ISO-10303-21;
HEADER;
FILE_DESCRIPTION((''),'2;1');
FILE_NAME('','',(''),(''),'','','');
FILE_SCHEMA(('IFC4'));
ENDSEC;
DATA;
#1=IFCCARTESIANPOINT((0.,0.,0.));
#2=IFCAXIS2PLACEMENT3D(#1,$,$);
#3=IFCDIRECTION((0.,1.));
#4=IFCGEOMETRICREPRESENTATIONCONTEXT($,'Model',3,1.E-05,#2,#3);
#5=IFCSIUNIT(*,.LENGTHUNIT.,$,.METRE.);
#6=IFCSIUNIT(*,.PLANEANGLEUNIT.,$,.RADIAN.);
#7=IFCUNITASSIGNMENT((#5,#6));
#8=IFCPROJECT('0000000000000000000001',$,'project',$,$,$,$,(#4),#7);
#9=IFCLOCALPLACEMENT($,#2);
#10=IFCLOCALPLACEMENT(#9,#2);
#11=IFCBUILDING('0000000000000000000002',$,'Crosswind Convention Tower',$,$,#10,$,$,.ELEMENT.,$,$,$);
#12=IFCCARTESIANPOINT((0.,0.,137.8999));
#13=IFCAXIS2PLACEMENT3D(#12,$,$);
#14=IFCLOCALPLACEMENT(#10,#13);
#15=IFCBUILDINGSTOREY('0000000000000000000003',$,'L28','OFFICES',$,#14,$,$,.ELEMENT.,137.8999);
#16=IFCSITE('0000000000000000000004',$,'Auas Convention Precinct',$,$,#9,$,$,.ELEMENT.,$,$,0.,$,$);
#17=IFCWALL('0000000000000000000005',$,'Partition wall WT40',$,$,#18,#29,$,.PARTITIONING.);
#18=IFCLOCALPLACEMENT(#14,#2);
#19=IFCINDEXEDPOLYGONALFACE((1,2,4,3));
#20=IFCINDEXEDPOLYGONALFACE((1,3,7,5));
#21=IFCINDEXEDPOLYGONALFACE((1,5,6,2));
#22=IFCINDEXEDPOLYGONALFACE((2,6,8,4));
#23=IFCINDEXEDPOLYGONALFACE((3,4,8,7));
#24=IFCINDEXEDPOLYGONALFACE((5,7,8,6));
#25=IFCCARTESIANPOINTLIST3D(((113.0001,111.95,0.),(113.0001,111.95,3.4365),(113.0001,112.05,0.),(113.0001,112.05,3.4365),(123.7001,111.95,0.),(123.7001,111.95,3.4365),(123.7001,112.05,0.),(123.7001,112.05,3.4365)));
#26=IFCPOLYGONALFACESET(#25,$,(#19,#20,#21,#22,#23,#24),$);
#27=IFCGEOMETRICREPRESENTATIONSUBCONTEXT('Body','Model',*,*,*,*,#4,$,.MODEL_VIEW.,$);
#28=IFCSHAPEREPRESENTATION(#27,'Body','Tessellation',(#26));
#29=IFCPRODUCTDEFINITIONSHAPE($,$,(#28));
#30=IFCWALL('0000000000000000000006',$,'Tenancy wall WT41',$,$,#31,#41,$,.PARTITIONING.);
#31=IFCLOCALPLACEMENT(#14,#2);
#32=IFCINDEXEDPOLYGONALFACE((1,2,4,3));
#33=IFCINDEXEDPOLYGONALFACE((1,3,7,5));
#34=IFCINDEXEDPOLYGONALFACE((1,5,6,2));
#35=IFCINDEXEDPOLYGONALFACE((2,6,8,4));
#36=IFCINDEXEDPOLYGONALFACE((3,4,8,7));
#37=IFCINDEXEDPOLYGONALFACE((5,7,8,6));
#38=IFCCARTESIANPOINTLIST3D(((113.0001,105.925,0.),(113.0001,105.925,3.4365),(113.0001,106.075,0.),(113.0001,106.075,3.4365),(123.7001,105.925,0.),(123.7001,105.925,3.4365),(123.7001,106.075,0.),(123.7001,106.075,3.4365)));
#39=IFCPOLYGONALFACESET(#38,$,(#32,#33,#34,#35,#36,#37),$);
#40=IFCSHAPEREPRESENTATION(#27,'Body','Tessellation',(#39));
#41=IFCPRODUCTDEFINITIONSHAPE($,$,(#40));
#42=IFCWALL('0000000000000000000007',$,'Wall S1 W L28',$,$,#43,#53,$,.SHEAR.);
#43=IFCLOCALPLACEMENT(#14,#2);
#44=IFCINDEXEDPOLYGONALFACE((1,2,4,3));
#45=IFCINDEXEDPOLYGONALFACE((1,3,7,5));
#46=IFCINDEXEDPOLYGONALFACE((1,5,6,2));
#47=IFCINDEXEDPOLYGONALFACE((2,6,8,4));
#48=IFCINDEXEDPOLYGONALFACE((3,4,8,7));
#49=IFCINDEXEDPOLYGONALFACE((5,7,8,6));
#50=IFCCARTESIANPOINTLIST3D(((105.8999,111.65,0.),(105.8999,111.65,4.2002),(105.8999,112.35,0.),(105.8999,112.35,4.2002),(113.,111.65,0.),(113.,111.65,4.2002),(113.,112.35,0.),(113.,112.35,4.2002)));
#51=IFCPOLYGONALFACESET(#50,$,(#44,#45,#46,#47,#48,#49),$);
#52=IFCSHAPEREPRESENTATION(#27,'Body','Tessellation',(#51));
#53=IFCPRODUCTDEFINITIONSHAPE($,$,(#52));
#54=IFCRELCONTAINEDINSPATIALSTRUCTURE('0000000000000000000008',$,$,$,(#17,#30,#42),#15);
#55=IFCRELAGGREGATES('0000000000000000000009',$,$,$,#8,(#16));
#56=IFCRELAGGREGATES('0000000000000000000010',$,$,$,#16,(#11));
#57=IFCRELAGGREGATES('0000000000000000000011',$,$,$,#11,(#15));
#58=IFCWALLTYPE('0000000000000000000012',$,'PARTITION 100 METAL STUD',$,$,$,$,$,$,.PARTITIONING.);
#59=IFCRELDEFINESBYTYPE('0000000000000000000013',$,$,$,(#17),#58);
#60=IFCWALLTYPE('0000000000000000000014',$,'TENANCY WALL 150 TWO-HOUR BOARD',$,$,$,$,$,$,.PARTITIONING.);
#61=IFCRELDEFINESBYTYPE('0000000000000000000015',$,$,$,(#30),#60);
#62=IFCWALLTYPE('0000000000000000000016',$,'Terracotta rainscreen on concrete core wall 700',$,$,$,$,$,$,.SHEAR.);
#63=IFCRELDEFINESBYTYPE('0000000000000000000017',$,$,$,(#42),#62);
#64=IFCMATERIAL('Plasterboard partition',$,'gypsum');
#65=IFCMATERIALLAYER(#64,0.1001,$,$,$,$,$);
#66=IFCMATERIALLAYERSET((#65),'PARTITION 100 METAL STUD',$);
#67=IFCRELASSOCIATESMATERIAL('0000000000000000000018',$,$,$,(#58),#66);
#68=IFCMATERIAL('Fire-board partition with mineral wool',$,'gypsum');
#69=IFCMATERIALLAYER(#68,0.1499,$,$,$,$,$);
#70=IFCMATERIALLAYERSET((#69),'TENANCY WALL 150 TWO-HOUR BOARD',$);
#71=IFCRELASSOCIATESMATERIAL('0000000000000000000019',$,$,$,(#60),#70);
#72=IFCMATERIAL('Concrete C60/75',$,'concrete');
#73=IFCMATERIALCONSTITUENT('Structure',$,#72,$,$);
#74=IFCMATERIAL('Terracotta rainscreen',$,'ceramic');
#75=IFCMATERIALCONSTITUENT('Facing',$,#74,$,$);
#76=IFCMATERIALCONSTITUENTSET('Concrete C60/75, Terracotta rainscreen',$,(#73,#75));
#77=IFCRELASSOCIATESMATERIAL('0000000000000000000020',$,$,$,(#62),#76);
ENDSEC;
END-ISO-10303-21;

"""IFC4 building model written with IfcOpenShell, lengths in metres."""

from ifc_helpers import new_model, si_unit, direction, frame, frame_2d, origin, place, context, subcontext, project, spatial, rectangle, extrude, material, layer, layer_set, constituent, constituent_set, type_object, element, save


model = new_model("IFC4")

# Units and contexts
model_context = context("Model", 3, precision=1e-05, world=origin(), true_north=direction((0.0, 1.0)))
body_context = subcontext(model_context, "Body", "Model", "MODEL_VIEW")
ifc_project = project(units=[si_unit("LENGTHUNIT", "METRE"), si_unit("PLANEANGLEUNIT", "RADIAN")], contexts=[model_context])

# Site, building, storey
site_placement = place(None, origin())
site = spatial("IfcSite", under=ifc_project, at=site_placement, Name="Auas Convention Precinct", CompositionType="ELEMENT", RefElevation=0.0)
building_placement = place(site_placement, origin())
building = spatial("IfcBuilding", under=site, at=building_placement, Name="Crosswind Convention Tower", CompositionType="ELEMENT")
storey_placement = place(building_placement, frame((0.0, 0.0, 137.8999)))
storey = spatial("IfcBuildingStorey", under=building, at=storey_placement, Name="L28", Description="OFFICES", CompositionType="ELEMENT", Elevation=137.8999)

# Walls
ifc_material_1 = material(Name="Plasterboard partition", Category="gypsum")
ifc_layer_1 = layer(ifc_material_1, 0.1001)
ifc_layer_set_1 = layer_set([ifc_layer_1], Name="PARTITION 100 METAL STUD")
wall_type_1 = type_object("IfcWallType", Name="PARTITION 100 METAL STUD", PredefinedType="PARTITIONING", material=ifc_layer_set_1)
wall_1_placement = place(storey_placement, frame((113.0, 112.0, 0.0), z_axis=(0.0, 0.0, 1.0), x_axis=(1.0, 0.0, 0.0)))
element("IfcWall", 1, at=wall_1_placement, inside=storey, type_object=wall_type_1, Name="Partition wall WT40", PredefinedType="PARTITIONING", context=body_context, shape_type="SweptSolid", body=[
    extrude(rectangle(XDim=10.7, YDim=0.1001, at=frame_2d((5.3501, 0.0))), origin(), (0.0, 0.0, 1.0), 3.4365),
])
ifc_material_2 = material(Name="Fire-board partition with mineral wool", Category="gypsum")
ifc_layer_2 = layer(ifc_material_2, 0.1499)
ifc_layer_set_2 = layer_set([ifc_layer_2], Name="TENANCY WALL 150 TWO-HOUR BOARD")
wall_type_2 = type_object("IfcWallType", Name="TENANCY WALL 150 TWO-HOUR BOARD", PredefinedType="PARTITIONING", material=ifc_layer_set_2)
wall_2_placement = place(storey_placement, frame((113.0, 106.0, 0.0), z_axis=(0.0, 0.0, 1.0), x_axis=(1.0, 0.0, 0.0)))
element("IfcWall", 2, at=wall_2_placement, inside=storey, type_object=wall_type_2, Name="Tenancy wall WT41", PredefinedType="PARTITIONING", context=body_context, shape_type="SweptSolid", body=[
    extrude(rectangle(XDim=10.7, YDim=0.1499, at=frame_2d((5.3501, 0.0))), origin(), (0.0, 0.0, 1.0), 3.4365),
])
ifc_material_3 = material(Name="Concrete C60/75", Category="concrete")
ifc_constituent_1 = constituent(ifc_material_3, Name="Structure")
ifc_material_4 = material(Name="Terracotta rainscreen", Category="ceramic")
ifc_constituent_2 = constituent(ifc_material_4, Name="Facing")
ifc_constituent_set = constituent_set(constituents=[ifc_constituent_1, ifc_constituent_2], Name="Concrete C60/75, Terracotta rainscreen")
wall_type_3 = type_object("IfcWallType", Name="Terracotta rainscreen on concrete core wall 700", PredefinedType="SHEAR", material=ifc_constituent_set)
wall_3_placement = place(storey_placement, frame((113.0, 112.0, 0.0), z_axis=(0.0, 0.0, 1.0), x_axis=(-1.0, 0.0, 0.0)))
element("IfcWall", 3, at=wall_3_placement, inside=storey, type_object=wall_type_3, Name="Wall S1 W L28", PredefinedType="SHEAR", context=body_context, shape_type="SweptSolid", body=[
    extrude(rectangle(XDim=7.1001, YDim=0.7, at=frame_2d((3.55, 0.0))), origin(), (0.0, 0.0, 1.0), 4.2002),
])

save(model, "model.ifc")
